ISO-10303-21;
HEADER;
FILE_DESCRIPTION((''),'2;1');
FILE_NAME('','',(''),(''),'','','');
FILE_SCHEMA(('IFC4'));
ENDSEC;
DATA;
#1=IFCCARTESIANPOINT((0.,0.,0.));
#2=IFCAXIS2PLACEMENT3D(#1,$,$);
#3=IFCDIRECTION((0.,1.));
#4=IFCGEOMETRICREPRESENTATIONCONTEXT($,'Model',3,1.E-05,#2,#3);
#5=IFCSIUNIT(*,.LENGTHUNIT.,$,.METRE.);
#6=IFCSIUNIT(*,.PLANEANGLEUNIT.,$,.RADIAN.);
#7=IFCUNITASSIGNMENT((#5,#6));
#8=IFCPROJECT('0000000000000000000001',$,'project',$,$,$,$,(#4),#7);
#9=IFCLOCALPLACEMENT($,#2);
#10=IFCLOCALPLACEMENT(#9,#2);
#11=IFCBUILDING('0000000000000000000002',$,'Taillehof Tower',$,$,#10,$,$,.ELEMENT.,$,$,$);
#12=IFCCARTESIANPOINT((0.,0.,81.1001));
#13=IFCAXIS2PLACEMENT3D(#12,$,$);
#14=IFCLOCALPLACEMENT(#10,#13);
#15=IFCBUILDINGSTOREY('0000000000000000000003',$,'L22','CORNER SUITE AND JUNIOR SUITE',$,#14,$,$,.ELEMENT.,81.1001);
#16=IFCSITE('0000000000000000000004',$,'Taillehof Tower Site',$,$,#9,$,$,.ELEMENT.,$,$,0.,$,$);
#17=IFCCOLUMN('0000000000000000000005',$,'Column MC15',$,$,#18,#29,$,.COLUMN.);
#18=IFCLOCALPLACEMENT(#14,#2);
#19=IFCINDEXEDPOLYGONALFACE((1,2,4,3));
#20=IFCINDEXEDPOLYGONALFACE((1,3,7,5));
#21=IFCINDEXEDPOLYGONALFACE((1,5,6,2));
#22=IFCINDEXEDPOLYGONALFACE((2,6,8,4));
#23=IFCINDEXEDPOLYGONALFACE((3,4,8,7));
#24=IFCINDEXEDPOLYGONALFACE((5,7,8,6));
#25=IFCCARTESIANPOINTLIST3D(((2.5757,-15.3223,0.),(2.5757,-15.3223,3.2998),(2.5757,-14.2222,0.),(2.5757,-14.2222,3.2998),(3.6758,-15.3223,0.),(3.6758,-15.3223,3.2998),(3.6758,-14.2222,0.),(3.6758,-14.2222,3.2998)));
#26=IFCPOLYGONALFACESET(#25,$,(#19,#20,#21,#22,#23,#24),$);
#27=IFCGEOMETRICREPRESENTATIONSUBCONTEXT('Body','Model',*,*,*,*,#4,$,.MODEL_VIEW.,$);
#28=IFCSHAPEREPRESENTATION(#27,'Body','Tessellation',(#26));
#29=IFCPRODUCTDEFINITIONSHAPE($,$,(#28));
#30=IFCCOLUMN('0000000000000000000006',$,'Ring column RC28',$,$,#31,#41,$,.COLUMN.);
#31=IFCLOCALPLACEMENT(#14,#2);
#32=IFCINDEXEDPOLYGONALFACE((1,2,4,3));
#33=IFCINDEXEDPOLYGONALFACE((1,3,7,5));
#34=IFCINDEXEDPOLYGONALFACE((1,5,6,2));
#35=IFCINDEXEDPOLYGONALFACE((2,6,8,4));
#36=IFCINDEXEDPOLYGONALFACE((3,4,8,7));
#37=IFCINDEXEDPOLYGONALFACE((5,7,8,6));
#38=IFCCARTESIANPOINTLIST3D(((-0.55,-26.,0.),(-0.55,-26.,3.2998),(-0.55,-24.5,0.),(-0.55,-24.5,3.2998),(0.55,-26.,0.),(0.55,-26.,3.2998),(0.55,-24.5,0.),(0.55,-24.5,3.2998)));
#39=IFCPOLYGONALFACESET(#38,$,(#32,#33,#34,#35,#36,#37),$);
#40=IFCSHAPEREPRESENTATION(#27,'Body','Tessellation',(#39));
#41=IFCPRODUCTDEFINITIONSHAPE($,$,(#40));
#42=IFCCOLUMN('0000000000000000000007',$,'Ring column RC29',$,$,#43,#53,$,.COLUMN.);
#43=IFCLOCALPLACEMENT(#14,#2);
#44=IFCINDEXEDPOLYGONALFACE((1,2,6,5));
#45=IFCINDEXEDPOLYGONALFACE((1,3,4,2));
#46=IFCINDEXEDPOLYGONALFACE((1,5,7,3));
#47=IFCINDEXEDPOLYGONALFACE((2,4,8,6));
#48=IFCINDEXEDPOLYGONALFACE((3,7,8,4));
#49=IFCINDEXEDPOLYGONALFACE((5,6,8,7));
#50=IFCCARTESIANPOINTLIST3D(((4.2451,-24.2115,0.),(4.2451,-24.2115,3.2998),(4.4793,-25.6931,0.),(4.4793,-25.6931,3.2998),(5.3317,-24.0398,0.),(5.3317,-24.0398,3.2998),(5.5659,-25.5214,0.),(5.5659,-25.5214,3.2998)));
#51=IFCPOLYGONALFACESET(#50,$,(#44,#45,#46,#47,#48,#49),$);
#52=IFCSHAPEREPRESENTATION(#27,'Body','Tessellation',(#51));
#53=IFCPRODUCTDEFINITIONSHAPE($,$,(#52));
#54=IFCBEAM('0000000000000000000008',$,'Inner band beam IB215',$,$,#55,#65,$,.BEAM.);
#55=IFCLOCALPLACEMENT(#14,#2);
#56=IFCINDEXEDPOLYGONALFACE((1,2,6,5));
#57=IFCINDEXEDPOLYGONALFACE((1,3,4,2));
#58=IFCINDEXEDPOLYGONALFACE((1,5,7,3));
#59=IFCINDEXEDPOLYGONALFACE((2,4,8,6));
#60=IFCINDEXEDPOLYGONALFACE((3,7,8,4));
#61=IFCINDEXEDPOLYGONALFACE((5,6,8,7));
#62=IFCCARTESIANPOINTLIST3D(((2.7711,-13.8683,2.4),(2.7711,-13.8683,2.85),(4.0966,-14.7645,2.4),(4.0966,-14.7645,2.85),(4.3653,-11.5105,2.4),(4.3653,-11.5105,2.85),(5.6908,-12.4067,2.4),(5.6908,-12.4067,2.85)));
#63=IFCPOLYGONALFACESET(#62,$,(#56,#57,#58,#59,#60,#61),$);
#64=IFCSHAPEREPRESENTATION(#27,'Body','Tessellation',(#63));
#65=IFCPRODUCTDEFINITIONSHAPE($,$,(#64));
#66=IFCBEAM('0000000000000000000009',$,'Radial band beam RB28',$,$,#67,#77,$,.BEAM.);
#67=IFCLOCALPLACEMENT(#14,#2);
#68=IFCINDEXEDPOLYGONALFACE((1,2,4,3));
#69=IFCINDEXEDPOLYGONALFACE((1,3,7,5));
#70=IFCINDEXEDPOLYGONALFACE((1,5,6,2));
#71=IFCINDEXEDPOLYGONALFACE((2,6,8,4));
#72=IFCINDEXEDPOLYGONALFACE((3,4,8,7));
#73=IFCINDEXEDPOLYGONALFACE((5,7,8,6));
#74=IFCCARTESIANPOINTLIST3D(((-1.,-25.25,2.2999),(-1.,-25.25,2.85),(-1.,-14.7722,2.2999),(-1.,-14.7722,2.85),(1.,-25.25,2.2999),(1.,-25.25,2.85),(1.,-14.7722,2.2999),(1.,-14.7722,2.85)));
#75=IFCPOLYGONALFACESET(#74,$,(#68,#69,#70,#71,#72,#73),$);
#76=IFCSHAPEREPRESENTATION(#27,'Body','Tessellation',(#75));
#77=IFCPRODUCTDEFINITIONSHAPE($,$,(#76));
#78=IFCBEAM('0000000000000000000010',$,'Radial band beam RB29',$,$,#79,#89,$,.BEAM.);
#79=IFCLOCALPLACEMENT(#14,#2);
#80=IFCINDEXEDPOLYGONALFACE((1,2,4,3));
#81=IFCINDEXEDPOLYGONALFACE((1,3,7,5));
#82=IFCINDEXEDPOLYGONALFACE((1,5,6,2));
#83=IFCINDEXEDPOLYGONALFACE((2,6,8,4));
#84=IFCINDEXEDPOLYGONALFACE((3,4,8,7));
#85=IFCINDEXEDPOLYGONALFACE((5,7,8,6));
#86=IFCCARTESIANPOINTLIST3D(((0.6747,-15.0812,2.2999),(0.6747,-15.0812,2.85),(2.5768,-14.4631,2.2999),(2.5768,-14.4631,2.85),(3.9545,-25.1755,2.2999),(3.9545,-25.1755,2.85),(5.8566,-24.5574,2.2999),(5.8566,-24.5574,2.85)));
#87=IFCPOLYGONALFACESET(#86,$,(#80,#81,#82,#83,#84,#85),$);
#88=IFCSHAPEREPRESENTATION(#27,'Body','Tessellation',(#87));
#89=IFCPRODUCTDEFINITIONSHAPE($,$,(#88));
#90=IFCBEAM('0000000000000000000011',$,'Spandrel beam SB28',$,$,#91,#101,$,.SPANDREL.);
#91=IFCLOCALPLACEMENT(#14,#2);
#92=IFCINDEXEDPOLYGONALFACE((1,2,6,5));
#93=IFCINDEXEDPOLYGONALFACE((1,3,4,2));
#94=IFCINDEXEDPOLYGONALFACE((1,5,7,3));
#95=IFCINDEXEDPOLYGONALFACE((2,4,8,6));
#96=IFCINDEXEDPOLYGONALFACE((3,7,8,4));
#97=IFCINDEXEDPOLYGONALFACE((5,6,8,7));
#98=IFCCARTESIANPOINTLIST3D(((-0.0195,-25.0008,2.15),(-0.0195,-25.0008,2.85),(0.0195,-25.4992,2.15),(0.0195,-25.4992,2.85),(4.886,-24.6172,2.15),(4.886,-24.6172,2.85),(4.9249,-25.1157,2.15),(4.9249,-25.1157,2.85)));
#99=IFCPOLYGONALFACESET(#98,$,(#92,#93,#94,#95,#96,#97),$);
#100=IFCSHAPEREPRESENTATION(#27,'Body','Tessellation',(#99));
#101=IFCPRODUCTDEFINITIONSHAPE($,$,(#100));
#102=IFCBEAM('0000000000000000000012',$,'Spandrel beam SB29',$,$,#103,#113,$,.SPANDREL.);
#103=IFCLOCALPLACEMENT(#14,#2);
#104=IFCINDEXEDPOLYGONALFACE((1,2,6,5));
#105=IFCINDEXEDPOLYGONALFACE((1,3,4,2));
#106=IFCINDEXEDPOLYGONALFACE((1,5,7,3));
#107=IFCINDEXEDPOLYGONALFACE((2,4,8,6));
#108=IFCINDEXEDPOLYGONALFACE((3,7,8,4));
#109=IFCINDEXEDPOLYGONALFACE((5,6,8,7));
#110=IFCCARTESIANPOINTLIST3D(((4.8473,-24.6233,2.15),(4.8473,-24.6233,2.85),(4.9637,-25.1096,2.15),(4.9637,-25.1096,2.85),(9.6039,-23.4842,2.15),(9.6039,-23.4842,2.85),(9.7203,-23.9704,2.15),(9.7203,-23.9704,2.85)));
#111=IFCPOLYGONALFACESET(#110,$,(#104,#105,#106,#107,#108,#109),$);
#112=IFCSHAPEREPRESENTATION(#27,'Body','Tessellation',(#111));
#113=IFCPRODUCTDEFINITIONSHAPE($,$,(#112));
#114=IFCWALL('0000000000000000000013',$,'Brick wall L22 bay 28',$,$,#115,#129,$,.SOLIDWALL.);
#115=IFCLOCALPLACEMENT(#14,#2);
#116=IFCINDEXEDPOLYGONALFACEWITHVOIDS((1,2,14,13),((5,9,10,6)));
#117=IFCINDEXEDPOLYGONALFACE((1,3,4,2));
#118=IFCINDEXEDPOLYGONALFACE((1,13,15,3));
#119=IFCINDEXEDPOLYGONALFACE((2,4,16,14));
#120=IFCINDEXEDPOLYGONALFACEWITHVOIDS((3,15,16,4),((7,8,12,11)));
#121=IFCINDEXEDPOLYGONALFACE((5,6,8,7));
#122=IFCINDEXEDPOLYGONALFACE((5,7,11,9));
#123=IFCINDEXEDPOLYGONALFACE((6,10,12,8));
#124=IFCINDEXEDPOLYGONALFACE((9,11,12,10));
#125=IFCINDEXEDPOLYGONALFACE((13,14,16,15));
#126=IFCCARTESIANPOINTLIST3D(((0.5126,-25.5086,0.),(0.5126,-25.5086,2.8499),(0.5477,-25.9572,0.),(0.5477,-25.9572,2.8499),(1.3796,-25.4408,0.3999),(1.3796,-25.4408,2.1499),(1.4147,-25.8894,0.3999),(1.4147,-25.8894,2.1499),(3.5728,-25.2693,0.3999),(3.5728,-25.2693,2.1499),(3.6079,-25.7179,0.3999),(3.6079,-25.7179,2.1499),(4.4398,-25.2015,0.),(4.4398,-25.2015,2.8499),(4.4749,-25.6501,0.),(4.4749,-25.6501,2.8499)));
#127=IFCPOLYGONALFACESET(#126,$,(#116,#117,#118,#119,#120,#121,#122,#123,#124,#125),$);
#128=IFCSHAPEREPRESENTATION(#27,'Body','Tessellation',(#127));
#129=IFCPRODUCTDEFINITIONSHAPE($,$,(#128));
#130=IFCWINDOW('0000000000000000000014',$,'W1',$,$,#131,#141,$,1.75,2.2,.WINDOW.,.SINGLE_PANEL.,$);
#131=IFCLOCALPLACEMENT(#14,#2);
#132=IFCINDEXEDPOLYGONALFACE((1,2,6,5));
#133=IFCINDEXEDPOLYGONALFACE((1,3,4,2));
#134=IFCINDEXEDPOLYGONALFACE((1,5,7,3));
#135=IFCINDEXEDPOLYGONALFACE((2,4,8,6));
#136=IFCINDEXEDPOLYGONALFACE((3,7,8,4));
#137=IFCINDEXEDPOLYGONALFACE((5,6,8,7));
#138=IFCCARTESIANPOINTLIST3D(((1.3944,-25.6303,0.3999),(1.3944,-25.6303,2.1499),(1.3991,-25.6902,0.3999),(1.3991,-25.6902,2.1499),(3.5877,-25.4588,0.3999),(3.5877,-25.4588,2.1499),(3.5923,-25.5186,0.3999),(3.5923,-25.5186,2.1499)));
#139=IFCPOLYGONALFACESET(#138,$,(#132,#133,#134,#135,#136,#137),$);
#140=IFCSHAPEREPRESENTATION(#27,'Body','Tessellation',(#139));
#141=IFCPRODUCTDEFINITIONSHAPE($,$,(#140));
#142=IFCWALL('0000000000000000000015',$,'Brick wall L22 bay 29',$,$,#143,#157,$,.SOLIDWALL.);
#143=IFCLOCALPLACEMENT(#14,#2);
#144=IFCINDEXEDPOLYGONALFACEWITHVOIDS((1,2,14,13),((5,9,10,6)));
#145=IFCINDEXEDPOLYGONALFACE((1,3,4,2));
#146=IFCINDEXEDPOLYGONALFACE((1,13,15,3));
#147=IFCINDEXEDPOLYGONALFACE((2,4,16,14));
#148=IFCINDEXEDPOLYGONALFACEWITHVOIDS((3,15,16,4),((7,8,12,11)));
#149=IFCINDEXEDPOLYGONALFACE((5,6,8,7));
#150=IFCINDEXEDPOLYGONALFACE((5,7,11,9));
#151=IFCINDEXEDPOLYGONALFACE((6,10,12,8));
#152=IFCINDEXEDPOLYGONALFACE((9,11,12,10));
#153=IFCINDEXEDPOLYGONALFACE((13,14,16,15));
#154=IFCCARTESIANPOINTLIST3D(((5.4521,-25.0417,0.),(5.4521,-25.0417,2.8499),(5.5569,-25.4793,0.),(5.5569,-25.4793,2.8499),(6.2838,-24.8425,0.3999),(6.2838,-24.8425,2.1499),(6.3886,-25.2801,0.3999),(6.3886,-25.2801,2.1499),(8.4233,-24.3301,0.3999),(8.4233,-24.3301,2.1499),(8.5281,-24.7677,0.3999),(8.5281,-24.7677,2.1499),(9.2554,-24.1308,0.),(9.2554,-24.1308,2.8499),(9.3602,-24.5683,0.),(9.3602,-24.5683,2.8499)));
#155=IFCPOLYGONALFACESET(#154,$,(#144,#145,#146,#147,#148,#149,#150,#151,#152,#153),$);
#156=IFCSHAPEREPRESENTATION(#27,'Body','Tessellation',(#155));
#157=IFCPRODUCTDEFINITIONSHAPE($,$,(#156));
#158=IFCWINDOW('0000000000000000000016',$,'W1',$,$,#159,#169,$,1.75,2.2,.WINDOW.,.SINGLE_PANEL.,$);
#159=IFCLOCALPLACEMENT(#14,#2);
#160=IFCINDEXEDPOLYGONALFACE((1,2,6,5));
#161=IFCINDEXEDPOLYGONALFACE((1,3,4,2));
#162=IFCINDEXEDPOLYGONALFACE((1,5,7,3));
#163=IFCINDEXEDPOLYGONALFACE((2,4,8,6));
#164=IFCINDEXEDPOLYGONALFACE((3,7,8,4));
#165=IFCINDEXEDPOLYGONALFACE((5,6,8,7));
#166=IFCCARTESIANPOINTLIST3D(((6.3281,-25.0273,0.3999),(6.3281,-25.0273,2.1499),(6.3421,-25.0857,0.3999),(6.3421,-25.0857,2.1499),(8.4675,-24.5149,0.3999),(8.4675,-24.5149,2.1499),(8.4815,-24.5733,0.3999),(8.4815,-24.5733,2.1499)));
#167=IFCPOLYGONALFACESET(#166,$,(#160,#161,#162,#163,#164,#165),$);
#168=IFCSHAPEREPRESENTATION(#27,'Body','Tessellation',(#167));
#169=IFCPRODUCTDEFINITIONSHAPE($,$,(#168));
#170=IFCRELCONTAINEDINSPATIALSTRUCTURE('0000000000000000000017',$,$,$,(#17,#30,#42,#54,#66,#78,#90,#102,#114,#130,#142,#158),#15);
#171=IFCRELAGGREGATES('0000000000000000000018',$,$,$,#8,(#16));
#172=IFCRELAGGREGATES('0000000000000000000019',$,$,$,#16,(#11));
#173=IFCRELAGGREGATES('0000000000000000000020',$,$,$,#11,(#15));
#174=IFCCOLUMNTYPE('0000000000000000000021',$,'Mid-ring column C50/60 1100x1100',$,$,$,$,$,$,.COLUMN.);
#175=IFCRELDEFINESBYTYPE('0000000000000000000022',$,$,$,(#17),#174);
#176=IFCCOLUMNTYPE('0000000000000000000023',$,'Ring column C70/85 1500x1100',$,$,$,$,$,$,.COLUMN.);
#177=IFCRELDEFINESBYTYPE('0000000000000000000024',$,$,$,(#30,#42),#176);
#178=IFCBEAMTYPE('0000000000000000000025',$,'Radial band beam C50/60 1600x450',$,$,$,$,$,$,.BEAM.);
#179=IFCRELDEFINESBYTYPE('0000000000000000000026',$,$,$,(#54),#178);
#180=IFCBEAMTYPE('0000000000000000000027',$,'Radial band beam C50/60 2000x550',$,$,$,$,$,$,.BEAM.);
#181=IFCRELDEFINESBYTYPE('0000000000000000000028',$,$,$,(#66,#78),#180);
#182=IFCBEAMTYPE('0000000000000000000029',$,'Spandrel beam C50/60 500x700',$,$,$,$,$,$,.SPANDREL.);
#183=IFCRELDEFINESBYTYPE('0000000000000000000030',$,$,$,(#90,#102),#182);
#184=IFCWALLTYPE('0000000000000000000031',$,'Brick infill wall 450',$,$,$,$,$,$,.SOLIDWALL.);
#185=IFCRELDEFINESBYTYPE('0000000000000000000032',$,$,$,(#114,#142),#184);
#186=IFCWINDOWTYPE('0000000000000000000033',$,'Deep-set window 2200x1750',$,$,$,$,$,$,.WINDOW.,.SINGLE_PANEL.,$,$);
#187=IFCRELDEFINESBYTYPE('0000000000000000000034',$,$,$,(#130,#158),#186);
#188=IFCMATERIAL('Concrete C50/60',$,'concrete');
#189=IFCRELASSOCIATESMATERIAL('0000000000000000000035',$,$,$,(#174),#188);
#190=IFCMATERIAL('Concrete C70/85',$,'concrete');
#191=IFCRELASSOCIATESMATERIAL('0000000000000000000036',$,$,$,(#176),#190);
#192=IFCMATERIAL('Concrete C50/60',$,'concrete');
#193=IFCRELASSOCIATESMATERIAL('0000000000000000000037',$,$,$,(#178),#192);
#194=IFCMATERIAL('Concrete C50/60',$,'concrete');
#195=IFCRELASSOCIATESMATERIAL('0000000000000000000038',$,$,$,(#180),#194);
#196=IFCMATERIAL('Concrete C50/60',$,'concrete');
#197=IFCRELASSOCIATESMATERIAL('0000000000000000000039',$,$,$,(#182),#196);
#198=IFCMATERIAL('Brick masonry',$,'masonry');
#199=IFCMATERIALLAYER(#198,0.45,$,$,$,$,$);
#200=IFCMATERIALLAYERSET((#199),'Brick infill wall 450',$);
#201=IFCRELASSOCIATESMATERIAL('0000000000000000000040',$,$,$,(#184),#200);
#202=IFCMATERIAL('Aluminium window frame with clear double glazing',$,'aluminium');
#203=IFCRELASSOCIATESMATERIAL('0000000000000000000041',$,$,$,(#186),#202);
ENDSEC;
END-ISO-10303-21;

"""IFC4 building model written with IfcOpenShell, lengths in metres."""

from ifc_helpers import new_model, si_unit, direction, frame, frame_2d, origin, origin_2d, place, context, subcontext, project, spatial, rectangle, extrude, material, layer, layer_set, material_profile, profile_set, type_object, element, fill, save


model = new_model("IFC4")

# Units and contexts
model_context = context("Model", 3, precision=1e-05, world=origin(), true_north=direction((0.0, 1.0)))
body_context = subcontext(model_context, "Body", "Model", "MODEL_VIEW")
ifc_project = project(units=[si_unit("LENGTHUNIT", "METRE"), si_unit("PLANEANGLEUNIT", "RADIAN")], contexts=[model_context])

# Site, building, storey
site_placement = place(None, origin())
site = spatial("IfcSite", under=ifc_project, at=site_placement, Name="Taillehof Tower Site", CompositionType="ELEMENT", RefElevation=0.0)
building_placement = place(site_placement, origin())
building = spatial("IfcBuilding", under=site, at=building_placement, Name="Taillehof Tower", CompositionType="ELEMENT")
storey_placement = place(building_placement, frame((0.0, 0.0, 81.1001)))
storey = spatial("IfcBuildingStorey", under=building, at=storey_placement, Name="L22", Description="CORNER SUITE AND JUNIOR SUITE", CompositionType="ELEMENT", Elevation=81.1001)

# Columns
ifc_material_1 = material(Name="Concrete C50/60", Category="concrete")
ifc_material_profile_1 = material_profile(ifc_material_1, rectangle(XDim=1.1001, YDim=1.1001, at=origin_2d()), Name="RC 1100x1100")
ifc_profile_set_1 = profile_set([ifc_material_profile_1], Name="Concrete C50/60")
column_type_1 = type_object("IfcColumnType", Name="Mid-ring column C50/60 1100x1100", PredefinedType="COLUMN", material=ifc_profile_set_1)
column_placement = place(storey_placement, frame((3.1257, -14.7722, 0.0), z_axis=(0.0, 0.0, 1.0), x_axis=(1.0, 0.0, 0.0)))
element("IfcColumn", 1, at=column_placement, inside=storey, type_object=column_type_1, Name="Column MC15", PredefinedType="COLUMN", context=body_context, shape_type="SweptSolid", body=[
    extrude(rectangle(XDim=1.1001, YDim=1.1001, at=origin_2d()), origin(), (0.0, 0.0, 1.0), 3.2998),
])
ifc_material_2 = material(Name="Concrete C70/85", Category="concrete")
ifc_material_profile_2 = material_profile(ifc_material_2, rectangle(XDim=1.5, YDim=1.1001, at=origin_2d()), Name="RC 1500x1100")
ifc_profile_set_2 = profile_set([ifc_material_profile_2], Name="Concrete C70/85")
column_type_2 = type_object("IfcColumnType", Name="Ring column C70/85 1500x1100", PredefinedType="COLUMN", material=ifc_profile_set_2)
for number, where, z_axis, x_axis, name in (
    (2, (0.0, -25.25, 0.0), (0.0, 0.0, 1.0), (0.0, -1.0, 0.0), "Ring column RC28"),
    (3, (4.9055, -24.8665, 0.0), (0.0, 0.0, 1.0), (0.156147, -0.987734, 0.0), "Ring column RC29"),
):
    element("IfcColumn", number, at=place(storey_placement, frame(where, z_axis=z_axis, x_axis=x_axis)), inside=storey, type_object=column_type_2, Name=name, PredefinedType="COLUMN", context=body_context, shape_type="SweptSolid", body=[
        extrude(rectangle(XDim=1.5, YDim=1.1001, at=origin_2d()), origin(), (0.0, 0.0, 1.0), 3.2998),
    ])

# Beams
ifc_material_3 = material(Name="Concrete C50/60", Category="concrete")
ifc_material_profile_3 = material_profile(ifc_material_3, rectangle(XDim=1.6001, YDim=0.45, at=origin_2d()), Name="RC 1600x450")
ifc_profile_set_3 = profile_set([ifc_material_profile_3], Name="Concrete C50/60")
beam_type_1 = type_object("IfcBeamType", Name="Radial band beam C50/60 1600x450", PredefinedType="BEAM", material=ifc_profile_set_3)
beam_1_placement = place(storey_placement, frame((3.4338, -14.3164, 2.625), z_axis=(0.560112, 0.828417, 0.0), x_axis=(-0.828417, 0.560112, 0.0)))
element("IfcBeam", 4, at=beam_1_placement, inside=storey, type_object=beam_type_1, Name="Inner band beam IB215", PredefinedType="BEAM", context=body_context, shape_type="SweptSolid", body=[
    extrude(rectangle(XDim=1.6001, YDim=0.45, at=origin_2d()), origin(), (0.0, 0.0, 1.0), 2.8462),
])
ifc_material_4 = material(Name="Concrete C50/60", Category="concrete")
ifc_material_profile_4 = material_profile(ifc_material_4, rectangle(XDim=2.0, YDim=0.55, at=origin_2d()), Name="RC 2000x550")
ifc_profile_set_4 = profile_set([ifc_material_profile_4], Name="Concrete C50/60")
beam_type_2 = type_object("IfcBeamType", Name="Radial band beam C50/60 2000x550", PredefinedType="BEAM", material=ifc_profile_set_4)
beam_2_placement = place(storey_placement, frame((0.0, -25.25, 2.575), z_axis=(0.0, 1.0, 0.0), x_axis=(-1.0, 0.0, 0.0)))
element("IfcBeam", 5, at=beam_2_placement, inside=storey, type_object=beam_type_2, Name="Radial band beam RB28", PredefinedType="BEAM", context=body_context, shape_type="SweptSolid", body=[
    extrude(rectangle(XDim=2.0, YDim=0.55, at=origin_2d()), origin(), (0.0, 0.0, 1.0), 10.4778),
])
beam_3_placement = place(storey_placement, frame((4.9055, -24.8665, 2.575), z_axis=(-0.309014, 0.951057, 0.0), x_axis=(-0.951057, -0.309014, 0.0)))
element("IfcBeam", 6, at=beam_3_placement, inside=storey, type_object=beam_type_2, Name="Radial band beam RB29", PredefinedType="BEAM", context=body_context, shape_type="SweptSolid", body=[
    extrude(rectangle(XDim=2.0, YDim=0.55, at=origin_2d()), origin(), (0.0, 0.0, 1.0), 10.6138),
])
ifc_material_5 = material(Name="Concrete C50/60", Category="concrete")
ifc_material_profile_5 = material_profile(ifc_material_5, rectangle(XDim=0.5, YDim=0.7, at=origin_2d()), Name="RC 500x700")
ifc_profile_set_5 = profile_set([ifc_material_profile_5], Name="Concrete C50/60")
beam_type_3 = type_object("IfcBeamType", Name="Spandrel beam C50/60 500x700", PredefinedType="SPANDREL", material=ifc_profile_set_5)
beam_4_placement = place(storey_placement, frame((0.0, -25.25, 2.5), z_axis=(0.996957, 0.077949, 0.0), x_axis=(-0.077949, 0.996957, 0.0)))
element("IfcBeam", 7, at=beam_4_placement, inside=storey, type_object=beam_type_3, Name="Spandrel beam SB28", PredefinedType="SPANDREL", context=body_context, shape_type="SweptSolid", body=[
    extrude(rectangle(XDim=0.5, YDim=0.7, at=origin_2d()), origin(), (0.0, 0.0, 1.0), 4.9204),
])
beam_5_placement = place(storey_placement, frame((4.9055, -24.8665, 2.5), z_axis=(0.9725, 0.232905, 0.0), x_axis=(-0.232905, 0.9725, 0.0)))
element("IfcBeam", 8, at=beam_5_placement, inside=storey, type_object=beam_type_3, Name="Spandrel beam SB29", PredefinedType="SPANDREL", context=body_context, shape_type="SweptSolid", body=[
    extrude(rectangle(XDim=0.5, YDim=0.7, at=origin_2d()), origin(), (0.0, 0.0, 1.0), 4.8911),
])

# Walls, openings, windows
ifc_material_6 = material(Name="Brick masonry", Category="masonry")
ifc_layer_1 = layer(ifc_material_6, 0.45)
ifc_layer_set_1 = layer_set([ifc_layer_1], Name="Brick infill wall 450")
wall_type_1 = type_object("IfcWallType", Name="Brick infill wall 450", PredefinedType="SOLIDWALL", material=ifc_layer_set_1)
wall_1_placement = place(storey_placement, frame((0.53, -25.7329, 0.0), z_axis=(0.0, 0.0, 1.0), x_axis=(0.996956, 0.077967, 0.0)))
wall_1 = element("IfcWall", 9, at=wall_1_placement, inside=storey, type_object=wall_type_1, Name="Brick wall L22 bay 28", PredefinedType="SOLIDWALL", context=body_context, shape_type="SweptSolid", body=[
    extrude(rectangle(XDim=3.9392, YDim=0.45, at=frame_2d((1.9697, 0.0))), origin(), (0.0, 0.0, 1.0), 2.8499),
])
opening_1_placement = place(wall_1_placement, frame((0.8696, 0.0, 0.3999)))
opening_1 = element("IfcOpeningElement", 10, at=opening_1_placement, cuts=wall_1, PredefinedType="OPENING", context=body_context, shape_type="SweptSolid", body=[
    extrude(rectangle(XDim=2.2, YDim=1.75, at=frame_2d((1.1001, 0.875))), frame((0.0, 0.2349, 0.0), z_axis=(0.0, -1.0, 0.0), x_axis=(1.0, 0.0, 0.0)), (0.0, 0.0, 1.0), 0.47),
])
ifc_material_7 = material(Name="Aluminium window frame with clear double glazing", Category="aluminium")
window_type = type_object("IfcWindowType", Name="Deep-set window 2200x1750", PartitioningType="SINGLE_PANEL", PredefinedType="WINDOW", material=ifc_material_7)
window_1_placement = place(opening_1_placement, origin())
window_1 = element("IfcWindow", 11, at=window_1_placement, inside=storey, type_object=window_type, Name="W1", OverallHeight=1.75, OverallWidth=2.2, PartitioningType="SINGLE_PANEL", PredefinedType="WINDOW", context=body_context, shape_type="SweptSolid", body=[
    extrude(rectangle(XDim=2.2, YDim=1.75, at=frame_2d((1.1001, 0.875))), frame((0.0, 0.0349, 0.0), z_axis=(0.0, -1.0, 0.0), x_axis=(1.0, 0.0, 0.0)), (0.0, 0.0, 1.0), 0.0601),
])
fill(opening_1, window_1)
wall_2_placement = place(storey_placement, frame((5.5044, -25.2605, 0.0), z_axis=(0.0, 0.0, 1.0), x_axis=(0.972497, 0.232917, 0.0)))
wall_2 = element("IfcWall", 12, at=wall_2_placement, inside=storey, type_object=wall_type_1, Name="Brick wall L22 bay 29", PredefinedType="SOLIDWALL", context=body_context, shape_type="SweptSolid", body=[
    extrude(rectangle(XDim=3.9109, YDim=0.45, at=frame_2d((1.9556, 0.0))), origin(), (0.0, 0.0, 1.0), 2.8499),
])
opening_2_placement = place(wall_2_placement, frame((0.8552, 0.0, 0.3999)))
opening_2 = element("IfcOpeningElement", 13, at=opening_2_placement, cuts=wall_2, PredefinedType="OPENING", context=body_context, shape_type="SweptSolid", body=[
    extrude(rectangle(XDim=2.2, YDim=1.75, at=frame_2d((1.1001, 0.875))), frame((0.0, 0.2349, 0.0), z_axis=(0.0, -1.0, 0.0), x_axis=(1.0, 0.0, 0.0)), (0.0, 0.0, 1.0), 0.47),
])
window_2_placement = place(opening_2_placement, origin())
window_2 = element("IfcWindow", 14, at=window_2_placement, inside=storey, type_object=window_type, Name="W1", OverallHeight=1.75, OverallWidth=2.2, PartitioningType="SINGLE_PANEL", PredefinedType="WINDOW", context=body_context, shape_type="SweptSolid", body=[
    extrude(rectangle(XDim=2.2, YDim=1.75, at=frame_2d((1.1001, 0.875))), frame((0.0, 0.0349, 0.0), z_axis=(0.0, -1.0, 0.0), x_axis=(1.0, 0.0, 0.0)), (0.0, 0.0, 1.0), 0.0601),
])
fill(opening_2, window_2)

save(model, "model.ifc")
